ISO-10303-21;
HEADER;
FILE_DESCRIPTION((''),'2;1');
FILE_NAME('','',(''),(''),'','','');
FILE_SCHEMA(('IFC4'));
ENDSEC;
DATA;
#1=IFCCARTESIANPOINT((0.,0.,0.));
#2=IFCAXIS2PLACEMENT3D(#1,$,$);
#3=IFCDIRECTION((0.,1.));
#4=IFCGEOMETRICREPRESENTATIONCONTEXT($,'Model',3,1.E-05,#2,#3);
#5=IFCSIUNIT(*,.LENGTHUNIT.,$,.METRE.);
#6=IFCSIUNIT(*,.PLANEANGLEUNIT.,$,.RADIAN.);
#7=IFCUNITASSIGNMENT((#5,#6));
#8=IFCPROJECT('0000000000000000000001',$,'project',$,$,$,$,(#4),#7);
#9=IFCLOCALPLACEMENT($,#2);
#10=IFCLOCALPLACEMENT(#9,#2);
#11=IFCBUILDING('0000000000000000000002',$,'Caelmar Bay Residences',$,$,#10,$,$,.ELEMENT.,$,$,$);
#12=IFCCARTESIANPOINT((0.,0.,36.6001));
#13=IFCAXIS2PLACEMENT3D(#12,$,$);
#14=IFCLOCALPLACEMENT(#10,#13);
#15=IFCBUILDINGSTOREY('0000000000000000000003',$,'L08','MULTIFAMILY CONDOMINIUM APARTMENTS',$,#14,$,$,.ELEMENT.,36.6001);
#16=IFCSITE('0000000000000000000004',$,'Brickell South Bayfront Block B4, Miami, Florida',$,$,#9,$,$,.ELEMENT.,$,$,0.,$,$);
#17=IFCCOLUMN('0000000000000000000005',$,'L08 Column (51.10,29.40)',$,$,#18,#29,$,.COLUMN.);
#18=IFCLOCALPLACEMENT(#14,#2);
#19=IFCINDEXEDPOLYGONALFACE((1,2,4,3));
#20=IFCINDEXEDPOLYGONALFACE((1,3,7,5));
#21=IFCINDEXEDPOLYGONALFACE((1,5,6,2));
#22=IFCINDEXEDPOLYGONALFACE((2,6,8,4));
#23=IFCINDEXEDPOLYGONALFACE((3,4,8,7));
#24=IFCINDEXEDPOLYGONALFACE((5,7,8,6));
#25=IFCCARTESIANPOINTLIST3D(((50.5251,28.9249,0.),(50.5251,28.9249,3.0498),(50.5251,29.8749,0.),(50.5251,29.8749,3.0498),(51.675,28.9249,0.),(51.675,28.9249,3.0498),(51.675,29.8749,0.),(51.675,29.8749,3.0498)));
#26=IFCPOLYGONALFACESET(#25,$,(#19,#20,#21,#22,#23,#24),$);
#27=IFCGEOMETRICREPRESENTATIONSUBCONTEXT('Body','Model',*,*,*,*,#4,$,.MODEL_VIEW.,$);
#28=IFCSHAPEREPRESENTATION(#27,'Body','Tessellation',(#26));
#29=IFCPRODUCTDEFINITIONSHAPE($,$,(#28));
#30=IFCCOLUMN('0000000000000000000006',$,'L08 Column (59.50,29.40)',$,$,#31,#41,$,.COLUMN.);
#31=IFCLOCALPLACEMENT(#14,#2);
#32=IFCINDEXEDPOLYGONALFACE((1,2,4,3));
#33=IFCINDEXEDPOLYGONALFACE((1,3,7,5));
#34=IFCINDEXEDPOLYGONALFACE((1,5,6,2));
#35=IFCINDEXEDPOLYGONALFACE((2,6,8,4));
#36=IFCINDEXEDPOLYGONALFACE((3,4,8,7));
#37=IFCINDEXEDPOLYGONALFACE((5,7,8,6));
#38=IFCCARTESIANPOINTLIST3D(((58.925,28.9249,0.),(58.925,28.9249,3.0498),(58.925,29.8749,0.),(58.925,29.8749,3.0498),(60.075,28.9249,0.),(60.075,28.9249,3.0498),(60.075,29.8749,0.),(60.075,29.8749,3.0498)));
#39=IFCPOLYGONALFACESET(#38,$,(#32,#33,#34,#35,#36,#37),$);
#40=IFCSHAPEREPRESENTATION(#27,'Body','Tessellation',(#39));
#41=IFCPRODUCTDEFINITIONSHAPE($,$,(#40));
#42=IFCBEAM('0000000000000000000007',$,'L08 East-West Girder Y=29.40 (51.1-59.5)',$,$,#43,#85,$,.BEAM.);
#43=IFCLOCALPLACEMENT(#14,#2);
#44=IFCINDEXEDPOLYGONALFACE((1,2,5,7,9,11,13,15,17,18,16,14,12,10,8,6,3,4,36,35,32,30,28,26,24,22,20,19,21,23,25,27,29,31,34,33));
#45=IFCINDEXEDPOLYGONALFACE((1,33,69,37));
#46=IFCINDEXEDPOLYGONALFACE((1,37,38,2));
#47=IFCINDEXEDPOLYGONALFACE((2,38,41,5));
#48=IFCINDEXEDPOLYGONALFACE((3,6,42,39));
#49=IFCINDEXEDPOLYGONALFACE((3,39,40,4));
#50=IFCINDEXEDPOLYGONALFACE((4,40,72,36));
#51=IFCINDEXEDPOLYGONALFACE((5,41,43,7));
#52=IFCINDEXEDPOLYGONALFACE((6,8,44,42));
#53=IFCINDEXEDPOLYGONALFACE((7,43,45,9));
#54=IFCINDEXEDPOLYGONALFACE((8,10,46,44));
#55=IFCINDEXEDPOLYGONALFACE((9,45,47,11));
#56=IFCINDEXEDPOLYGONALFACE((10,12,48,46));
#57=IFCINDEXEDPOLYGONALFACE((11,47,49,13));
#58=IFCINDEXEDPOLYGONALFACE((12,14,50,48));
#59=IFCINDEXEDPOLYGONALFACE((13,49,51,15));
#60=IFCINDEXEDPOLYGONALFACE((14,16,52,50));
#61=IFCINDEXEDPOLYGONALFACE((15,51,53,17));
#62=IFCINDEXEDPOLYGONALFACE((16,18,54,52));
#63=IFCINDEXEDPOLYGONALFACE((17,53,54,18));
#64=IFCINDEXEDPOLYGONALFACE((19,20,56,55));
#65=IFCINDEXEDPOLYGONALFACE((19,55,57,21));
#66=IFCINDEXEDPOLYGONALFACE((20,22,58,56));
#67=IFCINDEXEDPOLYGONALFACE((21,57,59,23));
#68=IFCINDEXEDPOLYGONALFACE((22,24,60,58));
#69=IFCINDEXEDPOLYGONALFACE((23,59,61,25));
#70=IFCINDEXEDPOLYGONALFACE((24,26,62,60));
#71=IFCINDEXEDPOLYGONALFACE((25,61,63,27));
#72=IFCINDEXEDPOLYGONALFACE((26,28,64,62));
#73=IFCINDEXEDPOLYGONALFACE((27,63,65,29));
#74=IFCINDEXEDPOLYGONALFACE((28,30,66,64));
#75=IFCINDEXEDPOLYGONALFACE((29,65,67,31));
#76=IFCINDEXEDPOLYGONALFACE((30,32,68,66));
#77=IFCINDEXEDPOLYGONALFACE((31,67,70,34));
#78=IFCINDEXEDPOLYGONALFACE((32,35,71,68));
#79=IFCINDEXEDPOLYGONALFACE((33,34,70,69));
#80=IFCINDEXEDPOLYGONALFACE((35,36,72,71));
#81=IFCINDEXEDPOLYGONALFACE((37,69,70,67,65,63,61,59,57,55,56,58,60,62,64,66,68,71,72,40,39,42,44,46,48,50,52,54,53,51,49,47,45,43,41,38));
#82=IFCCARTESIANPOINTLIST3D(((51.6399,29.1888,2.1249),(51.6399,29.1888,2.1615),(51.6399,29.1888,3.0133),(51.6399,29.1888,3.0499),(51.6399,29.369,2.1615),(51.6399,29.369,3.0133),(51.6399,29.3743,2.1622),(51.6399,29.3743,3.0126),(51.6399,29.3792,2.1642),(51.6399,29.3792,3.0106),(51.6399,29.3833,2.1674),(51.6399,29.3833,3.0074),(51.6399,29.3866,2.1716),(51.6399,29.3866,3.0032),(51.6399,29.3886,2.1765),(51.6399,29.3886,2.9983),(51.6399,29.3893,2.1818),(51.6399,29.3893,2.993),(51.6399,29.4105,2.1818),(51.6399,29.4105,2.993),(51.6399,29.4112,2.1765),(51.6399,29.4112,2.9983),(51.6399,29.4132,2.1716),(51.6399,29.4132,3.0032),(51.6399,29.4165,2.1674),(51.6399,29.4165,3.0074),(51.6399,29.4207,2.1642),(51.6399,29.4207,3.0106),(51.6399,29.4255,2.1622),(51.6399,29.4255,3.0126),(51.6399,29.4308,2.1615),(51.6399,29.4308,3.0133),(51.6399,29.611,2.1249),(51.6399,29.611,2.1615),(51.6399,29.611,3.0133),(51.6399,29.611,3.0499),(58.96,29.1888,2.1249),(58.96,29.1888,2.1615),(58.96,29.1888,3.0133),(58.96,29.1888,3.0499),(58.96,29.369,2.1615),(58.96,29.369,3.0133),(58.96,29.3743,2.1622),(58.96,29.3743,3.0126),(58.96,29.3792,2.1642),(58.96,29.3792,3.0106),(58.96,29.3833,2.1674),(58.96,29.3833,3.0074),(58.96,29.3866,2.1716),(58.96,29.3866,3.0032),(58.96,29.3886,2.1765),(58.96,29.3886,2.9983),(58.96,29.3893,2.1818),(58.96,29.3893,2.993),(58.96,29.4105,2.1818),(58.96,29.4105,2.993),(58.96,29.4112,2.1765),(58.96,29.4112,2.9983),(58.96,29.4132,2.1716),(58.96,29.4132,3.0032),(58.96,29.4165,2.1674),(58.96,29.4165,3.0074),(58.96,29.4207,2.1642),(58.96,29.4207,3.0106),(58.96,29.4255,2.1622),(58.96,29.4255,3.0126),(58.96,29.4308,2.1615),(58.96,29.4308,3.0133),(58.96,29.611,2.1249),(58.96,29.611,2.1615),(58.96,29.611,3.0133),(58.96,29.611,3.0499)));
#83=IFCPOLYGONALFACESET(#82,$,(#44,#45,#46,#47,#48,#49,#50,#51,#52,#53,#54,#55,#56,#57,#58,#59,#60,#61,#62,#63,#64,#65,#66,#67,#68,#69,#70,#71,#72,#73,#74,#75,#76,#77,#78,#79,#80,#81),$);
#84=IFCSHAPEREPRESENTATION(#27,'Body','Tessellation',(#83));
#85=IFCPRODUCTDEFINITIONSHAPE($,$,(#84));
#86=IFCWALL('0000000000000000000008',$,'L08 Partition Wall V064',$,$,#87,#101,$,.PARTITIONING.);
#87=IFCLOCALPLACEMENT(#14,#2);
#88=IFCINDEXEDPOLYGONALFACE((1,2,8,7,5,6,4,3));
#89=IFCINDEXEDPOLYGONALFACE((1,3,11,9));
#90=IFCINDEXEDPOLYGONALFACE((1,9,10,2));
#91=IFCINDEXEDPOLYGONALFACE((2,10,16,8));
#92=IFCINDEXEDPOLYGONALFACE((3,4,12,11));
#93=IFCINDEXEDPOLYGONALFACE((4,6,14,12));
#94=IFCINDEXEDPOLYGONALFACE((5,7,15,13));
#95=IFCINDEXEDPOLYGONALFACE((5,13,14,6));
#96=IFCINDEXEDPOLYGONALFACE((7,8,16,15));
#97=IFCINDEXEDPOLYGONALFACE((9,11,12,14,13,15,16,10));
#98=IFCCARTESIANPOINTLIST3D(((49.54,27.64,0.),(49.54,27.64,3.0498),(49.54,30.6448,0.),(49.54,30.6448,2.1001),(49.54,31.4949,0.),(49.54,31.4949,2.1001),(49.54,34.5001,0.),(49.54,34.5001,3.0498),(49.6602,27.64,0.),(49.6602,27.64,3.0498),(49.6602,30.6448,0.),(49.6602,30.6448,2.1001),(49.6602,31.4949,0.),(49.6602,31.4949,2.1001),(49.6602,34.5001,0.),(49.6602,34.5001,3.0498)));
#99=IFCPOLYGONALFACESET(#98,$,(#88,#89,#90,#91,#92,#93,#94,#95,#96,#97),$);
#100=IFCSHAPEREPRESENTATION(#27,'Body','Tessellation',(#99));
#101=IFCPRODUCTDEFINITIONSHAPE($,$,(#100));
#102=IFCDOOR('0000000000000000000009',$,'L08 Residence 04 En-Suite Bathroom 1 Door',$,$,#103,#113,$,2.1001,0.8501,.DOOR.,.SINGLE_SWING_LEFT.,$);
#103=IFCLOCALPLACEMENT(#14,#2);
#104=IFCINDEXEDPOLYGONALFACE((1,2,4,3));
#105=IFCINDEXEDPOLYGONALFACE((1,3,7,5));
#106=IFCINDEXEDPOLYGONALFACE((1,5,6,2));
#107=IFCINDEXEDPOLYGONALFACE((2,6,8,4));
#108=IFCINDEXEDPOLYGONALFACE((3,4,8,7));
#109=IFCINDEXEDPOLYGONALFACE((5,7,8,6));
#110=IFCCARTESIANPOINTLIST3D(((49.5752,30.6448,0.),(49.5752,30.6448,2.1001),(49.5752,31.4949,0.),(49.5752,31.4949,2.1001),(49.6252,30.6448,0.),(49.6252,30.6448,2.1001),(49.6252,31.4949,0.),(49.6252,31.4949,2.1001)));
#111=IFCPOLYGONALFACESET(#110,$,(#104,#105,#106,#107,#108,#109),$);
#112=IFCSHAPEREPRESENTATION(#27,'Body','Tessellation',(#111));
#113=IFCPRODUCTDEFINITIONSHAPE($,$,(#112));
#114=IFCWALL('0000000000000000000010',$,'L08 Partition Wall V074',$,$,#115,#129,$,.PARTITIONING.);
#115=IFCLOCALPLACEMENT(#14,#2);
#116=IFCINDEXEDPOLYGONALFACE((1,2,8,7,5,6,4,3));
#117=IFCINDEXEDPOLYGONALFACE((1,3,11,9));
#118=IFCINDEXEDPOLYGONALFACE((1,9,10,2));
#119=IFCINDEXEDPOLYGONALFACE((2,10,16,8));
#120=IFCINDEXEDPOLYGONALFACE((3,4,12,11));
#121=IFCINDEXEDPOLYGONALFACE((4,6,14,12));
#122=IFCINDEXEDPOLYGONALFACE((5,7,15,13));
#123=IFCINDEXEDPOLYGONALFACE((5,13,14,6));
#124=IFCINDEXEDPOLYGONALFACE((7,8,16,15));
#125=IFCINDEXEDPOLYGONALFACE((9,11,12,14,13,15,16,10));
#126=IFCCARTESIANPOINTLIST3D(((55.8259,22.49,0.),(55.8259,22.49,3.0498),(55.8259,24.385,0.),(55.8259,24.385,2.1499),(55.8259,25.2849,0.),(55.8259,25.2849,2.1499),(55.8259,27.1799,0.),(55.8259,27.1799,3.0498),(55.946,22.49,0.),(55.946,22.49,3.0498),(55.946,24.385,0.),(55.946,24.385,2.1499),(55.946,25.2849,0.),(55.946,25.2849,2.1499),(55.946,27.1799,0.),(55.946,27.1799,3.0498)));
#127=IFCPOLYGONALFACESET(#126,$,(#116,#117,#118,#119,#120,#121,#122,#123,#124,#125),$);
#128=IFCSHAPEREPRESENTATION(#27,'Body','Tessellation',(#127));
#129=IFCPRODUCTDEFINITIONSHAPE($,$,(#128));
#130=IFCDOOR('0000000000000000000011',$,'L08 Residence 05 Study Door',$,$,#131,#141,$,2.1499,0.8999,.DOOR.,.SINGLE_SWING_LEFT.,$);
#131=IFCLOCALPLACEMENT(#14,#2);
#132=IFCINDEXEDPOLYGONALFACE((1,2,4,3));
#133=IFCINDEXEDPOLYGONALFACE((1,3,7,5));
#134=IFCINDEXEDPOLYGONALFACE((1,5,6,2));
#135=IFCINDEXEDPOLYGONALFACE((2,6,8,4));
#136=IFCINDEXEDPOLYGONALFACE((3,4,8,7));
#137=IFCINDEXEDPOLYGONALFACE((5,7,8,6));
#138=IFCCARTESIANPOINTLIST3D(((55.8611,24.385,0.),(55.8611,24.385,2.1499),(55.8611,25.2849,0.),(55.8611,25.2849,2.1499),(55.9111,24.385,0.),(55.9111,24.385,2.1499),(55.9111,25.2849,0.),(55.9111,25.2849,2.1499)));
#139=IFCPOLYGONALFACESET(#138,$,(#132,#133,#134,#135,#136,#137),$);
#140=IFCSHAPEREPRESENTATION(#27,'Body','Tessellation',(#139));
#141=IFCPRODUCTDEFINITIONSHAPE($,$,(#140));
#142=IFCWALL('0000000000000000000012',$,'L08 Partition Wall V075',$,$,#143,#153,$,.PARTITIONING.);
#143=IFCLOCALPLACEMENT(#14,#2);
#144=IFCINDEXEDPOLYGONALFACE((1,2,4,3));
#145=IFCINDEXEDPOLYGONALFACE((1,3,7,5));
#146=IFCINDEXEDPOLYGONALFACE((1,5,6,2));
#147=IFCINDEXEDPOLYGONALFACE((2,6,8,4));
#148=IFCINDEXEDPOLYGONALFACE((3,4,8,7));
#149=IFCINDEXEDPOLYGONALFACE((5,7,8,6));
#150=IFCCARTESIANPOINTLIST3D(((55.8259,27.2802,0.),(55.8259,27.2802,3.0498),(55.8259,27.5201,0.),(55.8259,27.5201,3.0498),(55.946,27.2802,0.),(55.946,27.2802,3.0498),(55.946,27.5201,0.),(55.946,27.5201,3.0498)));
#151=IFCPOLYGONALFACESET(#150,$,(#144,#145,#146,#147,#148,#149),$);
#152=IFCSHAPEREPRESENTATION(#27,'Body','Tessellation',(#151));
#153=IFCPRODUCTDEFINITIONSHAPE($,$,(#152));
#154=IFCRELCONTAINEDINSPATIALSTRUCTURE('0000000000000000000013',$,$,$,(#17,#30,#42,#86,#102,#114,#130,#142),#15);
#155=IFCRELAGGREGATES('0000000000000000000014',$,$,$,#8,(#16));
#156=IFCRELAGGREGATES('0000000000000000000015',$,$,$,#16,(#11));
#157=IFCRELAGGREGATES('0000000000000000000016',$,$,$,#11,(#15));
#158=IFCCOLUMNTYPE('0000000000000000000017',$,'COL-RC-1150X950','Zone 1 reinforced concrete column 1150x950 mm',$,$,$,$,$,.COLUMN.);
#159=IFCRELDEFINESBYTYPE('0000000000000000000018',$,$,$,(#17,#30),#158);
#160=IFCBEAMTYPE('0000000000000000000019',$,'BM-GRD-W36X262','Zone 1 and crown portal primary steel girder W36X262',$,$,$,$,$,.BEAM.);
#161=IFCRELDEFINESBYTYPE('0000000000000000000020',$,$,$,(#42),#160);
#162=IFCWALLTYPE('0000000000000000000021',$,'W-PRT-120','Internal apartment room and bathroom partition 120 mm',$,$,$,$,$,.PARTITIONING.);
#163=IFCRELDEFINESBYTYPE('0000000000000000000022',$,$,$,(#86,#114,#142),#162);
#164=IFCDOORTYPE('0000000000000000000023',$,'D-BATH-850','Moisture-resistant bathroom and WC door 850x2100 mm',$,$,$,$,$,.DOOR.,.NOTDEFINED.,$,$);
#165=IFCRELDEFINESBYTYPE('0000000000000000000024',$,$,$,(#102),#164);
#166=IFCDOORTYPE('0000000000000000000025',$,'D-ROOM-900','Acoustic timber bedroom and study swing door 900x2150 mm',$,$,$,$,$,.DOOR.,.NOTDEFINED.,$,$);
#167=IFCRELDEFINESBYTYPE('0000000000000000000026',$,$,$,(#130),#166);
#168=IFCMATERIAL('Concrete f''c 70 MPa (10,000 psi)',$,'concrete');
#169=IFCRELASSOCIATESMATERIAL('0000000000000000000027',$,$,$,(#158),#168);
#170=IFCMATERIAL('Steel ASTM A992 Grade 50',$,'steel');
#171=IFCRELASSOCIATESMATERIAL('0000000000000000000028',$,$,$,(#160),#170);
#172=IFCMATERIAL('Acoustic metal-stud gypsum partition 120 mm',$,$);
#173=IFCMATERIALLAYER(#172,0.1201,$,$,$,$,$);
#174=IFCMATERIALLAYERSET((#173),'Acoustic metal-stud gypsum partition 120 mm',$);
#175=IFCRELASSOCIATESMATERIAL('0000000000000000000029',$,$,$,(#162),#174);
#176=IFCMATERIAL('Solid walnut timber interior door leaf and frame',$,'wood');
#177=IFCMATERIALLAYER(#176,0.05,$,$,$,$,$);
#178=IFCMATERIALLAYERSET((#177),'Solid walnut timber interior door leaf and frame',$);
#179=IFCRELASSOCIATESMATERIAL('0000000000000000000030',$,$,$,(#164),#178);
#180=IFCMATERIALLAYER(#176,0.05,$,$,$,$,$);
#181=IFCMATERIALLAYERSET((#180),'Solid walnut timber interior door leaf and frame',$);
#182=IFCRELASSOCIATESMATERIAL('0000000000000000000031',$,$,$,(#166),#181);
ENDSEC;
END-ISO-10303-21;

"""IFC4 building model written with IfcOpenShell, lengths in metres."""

from ifc_helpers import new_model, si_unit, direction, frame, frame_2d, origin, origin_2d, place, context, subcontext, project, spatial, rectangle, i_section, extrude, material, layer, layer_set, material_profile, profile_set, type_object, element, fill, save


model = new_model("IFC4")

# Units and contexts
model_context = context("Model", 3, precision=1e-05, world=origin(), true_north=direction((0.0, 1.0)))
body_context = subcontext(model_context, "Body", "Model", "MODEL_VIEW")
ifc_project = project(units=[si_unit("LENGTHUNIT", "METRE"), si_unit("PLANEANGLEUNIT", "RADIAN")], contexts=[model_context])

# Site, building, storey
site_placement = place(None, origin())
site = spatial("IfcSite", under=ifc_project, at=site_placement, Name="Brickell South Bayfront Block B4, Miami, Florida", CompositionType="ELEMENT", RefElevation=0.0)
building_placement = place(site_placement, origin())
building = spatial("IfcBuilding", under=site, at=building_placement, Name="Caelmar Bay Residences", CompositionType="ELEMENT")
storey_placement = place(building_placement, frame((0.0, 0.0, 36.6001)))
storey = spatial("IfcBuildingStorey", under=building, at=storey_placement, Name="L08", Description="MULTIFAMILY CONDOMINIUM APARTMENTS", CompositionType="ELEMENT", Elevation=36.6001)

# Columns
ifc_material_1 = material(Name="Concrete f'c 70 MPa (10,000 psi)", Category="concrete")
ifc_material_profile_1 = material_profile(ifc_material_1, rectangle(XDim=1.1499, YDim=0.95, at=origin_2d()), Name="RC-COL-1150X950")
ifc_profile_set_1 = profile_set([ifc_material_profile_1], Name="Concrete f'c 70 MPa (10,000 psi)")
column_type = type_object("IfcColumnType", Name="COL-RC-1150X950", Description="Zone 1 reinforced concrete column 1150x950 mm", PredefinedType="COLUMN", material=ifc_profile_set_1)
for number, where, z_axis, x_axis, name in (
    (1, (51.1001, 29.3999, 0.0), (0.0, 0.0, 1.0), (1.0, 0.0, 0.0), "L08 Column (51.10,29.40)"),
    (2, (59.5, 29.3999, 0.0), (0.0, 0.0, 1.0), (1.0, 0.0, 0.0), "L08 Column (59.50,29.40)"),
):
    element("IfcColumn", number, at=place(storey_placement, frame(where, z_axis=z_axis, x_axis=x_axis)), inside=storey, type_object=column_type, Name=name, PredefinedType="COLUMN", context=body_context, shape_type="SweptSolid", body=[
        extrude(rectangle(XDim=1.1499, YDim=0.95, at=origin_2d()), origin(), (0.0, 0.0, 1.0), 3.0498),
    ])

# Beam
ifc_material_2 = material(Name="Steel ASTM A992 Grade 50", Category="steel")
ifc_material_profile_2 = material_profile(ifc_material_2, i_section(OverallWidth=0.4221, OverallDepth=0.925, WebThickness=0.0212, FlangeThickness=0.0366, FilletRadius=0.0203, at=origin_2d()), Name="W36X262")
ifc_profile_set_2 = profile_set([ifc_material_profile_2], Name="Steel ASTM A992 Grade 50")
beam_type = type_object("IfcBeamType", Name="BM-GRD-W36X262", Description="Zone 1 and crown portal primary steel girder W36X262", PredefinedType="BEAM", material=ifc_profile_set_2)
beam_placement = place(storey_placement, frame((51.6399, 29.3999, 2.5874), z_axis=(1.0, 0.0, 0.0), x_axis=(0.0, 1.0, 0.0)))
element("IfcBeam", 3, at=beam_placement, inside=storey, type_object=beam_type, Name="L08 East-West Girder Y=29.40 (51.1-59.5)", PredefinedType="BEAM", context=body_context, shape_type="SweptSolid", body=[
    extrude(i_section(OverallWidth=0.4221, OverallDepth=0.925, WebThickness=0.0212, FlangeThickness=0.0366, FilletRadius=0.0203, at=origin_2d()), origin(), (0.0, 0.0, 1.0), 7.3201),
])

# Walls, openings, doors
ifc_material_3 = material(Name="Acoustic metal-stud gypsum partition 120 mm")
ifc_layer_1 = layer(ifc_material_3, 0.1201)
ifc_layer_set_1 = layer_set([ifc_layer_1], Name="Acoustic metal-stud gypsum partition 120 mm")
wall_type_1 = type_object("IfcWallType", Name="W-PRT-120", Description="Internal apartment room and bathroom partition 120 mm", PredefinedType="PARTITIONING", material=ifc_layer_set_1)
wall_1_placement = place(storey_placement, frame((49.6001, 27.6399, 0.0), z_axis=(0.0, 0.0, 1.0), x_axis=(0.0, 1.0, 0.0)))
wall_1 = element("IfcWall", 4, at=wall_1_placement, inside=storey, type_object=wall_type_1, Name="L08 Partition Wall V064", PredefinedType="PARTITIONING", context=body_context, shape_type="SweptSolid", body=[
    extrude(rectangle(XDim=6.8601, YDim=0.1201, at=frame_2d((3.4302, 0.0))), origin(), (0.0, 0.0, 1.0), 3.0498),
])
opening_1_placement = place(wall_1_placement, frame((3.0049, 0.0, 0.0)))
opening_1 = element("IfcOpeningElement", 5, at=opening_1_placement, cuts=wall_1, PredefinedType="OPENING", context=body_context, shape_type="SweptSolid", body=[
    extrude(rectangle(XDim=0.8501, YDim=2.1001, at=frame_2d((0.425, 1.05))), frame((0.0, 0.0701, 0.0), z_axis=(0.0, -1.0, 0.0), x_axis=(1.0, 0.0, 0.0)), (0.0, 0.0, 1.0), 0.1401),
])
ifc_material_4 = material(Name="Solid walnut timber interior door leaf and frame", Category="wood")
ifc_layer_2 = layer(ifc_material_4, 0.05)
ifc_layer_set_2 = layer_set([ifc_layer_2], Name="Solid walnut timber interior door leaf and frame")
door_type_1 = type_object("IfcDoorType", Name="D-BATH-850", Description="Moisture-resistant bathroom and WC door 850x2100 mm", OperationType="NOTDEFINED", PredefinedType="DOOR", material=ifc_layer_set_2)
door_1_placement = place(opening_1_placement, origin())
door_1 = element("IfcDoor", 6, at=door_1_placement, inside=storey, type_object=door_type_1, Name="L08 Residence 04 En-Suite Bathroom 1 Door", OperationType="SINGLE_SWING_LEFT", OverallHeight=2.1001, OverallWidth=0.8501, PredefinedType="DOOR", context=body_context, shape_type="SweptSolid", body=[
    extrude(rectangle(XDim=0.8501, YDim=2.1001, at=frame_2d((0.425, 1.05))), frame((0.0, 0.0249, 0.0), z_axis=(0.0, -1.0, 0.0), x_axis=(1.0, 0.0, 0.0)), (0.0, 0.0, 1.0), 0.05),
])
fill(opening_1, door_1)
wall_2_placement = place(storey_placement, frame((55.886, 22.49, 0.0), z_axis=(0.0, 0.0, 1.0), x_axis=(0.0, 1.0, 0.0)))
wall_2 = element("IfcWall", 7, at=wall_2_placement, inside=storey, type_object=wall_type_1, Name="L08 Partition Wall V074", PredefinedType="PARTITIONING", context=body_context, shape_type="SweptSolid", body=[
    extrude(rectangle(XDim=4.6899, YDim=0.1201, at=frame_2d((2.345, 0.0))), origin(), (0.0, 0.0, 1.0), 3.0498),
])
opening_2_placement = place(wall_2_placement, frame((1.895, 0.0, 0.0)))
opening_2 = element("IfcOpeningElement", 8, at=opening_2_placement, cuts=wall_2, PredefinedType="OPENING", context=body_context, shape_type="SweptSolid", body=[
    extrude(rectangle(XDim=0.8999, YDim=2.1499, at=frame_2d((0.45, 1.075))), frame((0.0, 0.0701, 0.0), z_axis=(0.0, -1.0, 0.0), x_axis=(1.0, 0.0, 0.0)), (0.0, 0.0, 1.0), 0.1401),
])
ifc_layer_3 = layer(ifc_material_4, 0.05)
ifc_layer_set_3 = layer_set([ifc_layer_3], Name="Solid walnut timber interior door leaf and frame")
door_type_2 = type_object("IfcDoorType", Name="D-ROOM-900", Description="Acoustic timber bedroom and study swing door 900x2150 mm", OperationType="NOTDEFINED", PredefinedType="DOOR", material=ifc_layer_set_3)
door_2_placement = place(opening_2_placement, origin())
door_2 = element("IfcDoor", 9, at=door_2_placement, inside=storey, type_object=door_type_2, Name="L08 Residence 05 Study Door", OperationType="SINGLE_SWING_LEFT", OverallHeight=2.1499, OverallWidth=0.8999, PredefinedType="DOOR", context=body_context, shape_type="SweptSolid", body=[
    extrude(rectangle(XDim=0.8999, YDim=2.1499, at=frame_2d((0.45, 1.075))), frame((0.0, 0.0249, 0.0), z_axis=(0.0, -1.0, 0.0), x_axis=(1.0, 0.0, 0.0)), (0.0, 0.0, 1.0), 0.05),
])
fill(opening_2, door_2)

# Wall
wall_3_placement = place(storey_placement, frame((55.886, 27.28, 0.0), z_axis=(0.0, 0.0, 1.0), x_axis=(0.0, 1.0, 0.0)))
element("IfcWall", 10, at=wall_3_placement, inside=storey, type_object=wall_type_1, Name="L08 Partition Wall V075", PredefinedType="PARTITIONING", context=body_context, shape_type="SweptSolid", body=[
    extrude(rectangle(XDim=0.24, YDim=0.1201, at=frame_2d((0.1201, 0.0))), origin(), (0.0, 0.0, 1.0), 3.0498),
])

save(model, "model.ifc")
